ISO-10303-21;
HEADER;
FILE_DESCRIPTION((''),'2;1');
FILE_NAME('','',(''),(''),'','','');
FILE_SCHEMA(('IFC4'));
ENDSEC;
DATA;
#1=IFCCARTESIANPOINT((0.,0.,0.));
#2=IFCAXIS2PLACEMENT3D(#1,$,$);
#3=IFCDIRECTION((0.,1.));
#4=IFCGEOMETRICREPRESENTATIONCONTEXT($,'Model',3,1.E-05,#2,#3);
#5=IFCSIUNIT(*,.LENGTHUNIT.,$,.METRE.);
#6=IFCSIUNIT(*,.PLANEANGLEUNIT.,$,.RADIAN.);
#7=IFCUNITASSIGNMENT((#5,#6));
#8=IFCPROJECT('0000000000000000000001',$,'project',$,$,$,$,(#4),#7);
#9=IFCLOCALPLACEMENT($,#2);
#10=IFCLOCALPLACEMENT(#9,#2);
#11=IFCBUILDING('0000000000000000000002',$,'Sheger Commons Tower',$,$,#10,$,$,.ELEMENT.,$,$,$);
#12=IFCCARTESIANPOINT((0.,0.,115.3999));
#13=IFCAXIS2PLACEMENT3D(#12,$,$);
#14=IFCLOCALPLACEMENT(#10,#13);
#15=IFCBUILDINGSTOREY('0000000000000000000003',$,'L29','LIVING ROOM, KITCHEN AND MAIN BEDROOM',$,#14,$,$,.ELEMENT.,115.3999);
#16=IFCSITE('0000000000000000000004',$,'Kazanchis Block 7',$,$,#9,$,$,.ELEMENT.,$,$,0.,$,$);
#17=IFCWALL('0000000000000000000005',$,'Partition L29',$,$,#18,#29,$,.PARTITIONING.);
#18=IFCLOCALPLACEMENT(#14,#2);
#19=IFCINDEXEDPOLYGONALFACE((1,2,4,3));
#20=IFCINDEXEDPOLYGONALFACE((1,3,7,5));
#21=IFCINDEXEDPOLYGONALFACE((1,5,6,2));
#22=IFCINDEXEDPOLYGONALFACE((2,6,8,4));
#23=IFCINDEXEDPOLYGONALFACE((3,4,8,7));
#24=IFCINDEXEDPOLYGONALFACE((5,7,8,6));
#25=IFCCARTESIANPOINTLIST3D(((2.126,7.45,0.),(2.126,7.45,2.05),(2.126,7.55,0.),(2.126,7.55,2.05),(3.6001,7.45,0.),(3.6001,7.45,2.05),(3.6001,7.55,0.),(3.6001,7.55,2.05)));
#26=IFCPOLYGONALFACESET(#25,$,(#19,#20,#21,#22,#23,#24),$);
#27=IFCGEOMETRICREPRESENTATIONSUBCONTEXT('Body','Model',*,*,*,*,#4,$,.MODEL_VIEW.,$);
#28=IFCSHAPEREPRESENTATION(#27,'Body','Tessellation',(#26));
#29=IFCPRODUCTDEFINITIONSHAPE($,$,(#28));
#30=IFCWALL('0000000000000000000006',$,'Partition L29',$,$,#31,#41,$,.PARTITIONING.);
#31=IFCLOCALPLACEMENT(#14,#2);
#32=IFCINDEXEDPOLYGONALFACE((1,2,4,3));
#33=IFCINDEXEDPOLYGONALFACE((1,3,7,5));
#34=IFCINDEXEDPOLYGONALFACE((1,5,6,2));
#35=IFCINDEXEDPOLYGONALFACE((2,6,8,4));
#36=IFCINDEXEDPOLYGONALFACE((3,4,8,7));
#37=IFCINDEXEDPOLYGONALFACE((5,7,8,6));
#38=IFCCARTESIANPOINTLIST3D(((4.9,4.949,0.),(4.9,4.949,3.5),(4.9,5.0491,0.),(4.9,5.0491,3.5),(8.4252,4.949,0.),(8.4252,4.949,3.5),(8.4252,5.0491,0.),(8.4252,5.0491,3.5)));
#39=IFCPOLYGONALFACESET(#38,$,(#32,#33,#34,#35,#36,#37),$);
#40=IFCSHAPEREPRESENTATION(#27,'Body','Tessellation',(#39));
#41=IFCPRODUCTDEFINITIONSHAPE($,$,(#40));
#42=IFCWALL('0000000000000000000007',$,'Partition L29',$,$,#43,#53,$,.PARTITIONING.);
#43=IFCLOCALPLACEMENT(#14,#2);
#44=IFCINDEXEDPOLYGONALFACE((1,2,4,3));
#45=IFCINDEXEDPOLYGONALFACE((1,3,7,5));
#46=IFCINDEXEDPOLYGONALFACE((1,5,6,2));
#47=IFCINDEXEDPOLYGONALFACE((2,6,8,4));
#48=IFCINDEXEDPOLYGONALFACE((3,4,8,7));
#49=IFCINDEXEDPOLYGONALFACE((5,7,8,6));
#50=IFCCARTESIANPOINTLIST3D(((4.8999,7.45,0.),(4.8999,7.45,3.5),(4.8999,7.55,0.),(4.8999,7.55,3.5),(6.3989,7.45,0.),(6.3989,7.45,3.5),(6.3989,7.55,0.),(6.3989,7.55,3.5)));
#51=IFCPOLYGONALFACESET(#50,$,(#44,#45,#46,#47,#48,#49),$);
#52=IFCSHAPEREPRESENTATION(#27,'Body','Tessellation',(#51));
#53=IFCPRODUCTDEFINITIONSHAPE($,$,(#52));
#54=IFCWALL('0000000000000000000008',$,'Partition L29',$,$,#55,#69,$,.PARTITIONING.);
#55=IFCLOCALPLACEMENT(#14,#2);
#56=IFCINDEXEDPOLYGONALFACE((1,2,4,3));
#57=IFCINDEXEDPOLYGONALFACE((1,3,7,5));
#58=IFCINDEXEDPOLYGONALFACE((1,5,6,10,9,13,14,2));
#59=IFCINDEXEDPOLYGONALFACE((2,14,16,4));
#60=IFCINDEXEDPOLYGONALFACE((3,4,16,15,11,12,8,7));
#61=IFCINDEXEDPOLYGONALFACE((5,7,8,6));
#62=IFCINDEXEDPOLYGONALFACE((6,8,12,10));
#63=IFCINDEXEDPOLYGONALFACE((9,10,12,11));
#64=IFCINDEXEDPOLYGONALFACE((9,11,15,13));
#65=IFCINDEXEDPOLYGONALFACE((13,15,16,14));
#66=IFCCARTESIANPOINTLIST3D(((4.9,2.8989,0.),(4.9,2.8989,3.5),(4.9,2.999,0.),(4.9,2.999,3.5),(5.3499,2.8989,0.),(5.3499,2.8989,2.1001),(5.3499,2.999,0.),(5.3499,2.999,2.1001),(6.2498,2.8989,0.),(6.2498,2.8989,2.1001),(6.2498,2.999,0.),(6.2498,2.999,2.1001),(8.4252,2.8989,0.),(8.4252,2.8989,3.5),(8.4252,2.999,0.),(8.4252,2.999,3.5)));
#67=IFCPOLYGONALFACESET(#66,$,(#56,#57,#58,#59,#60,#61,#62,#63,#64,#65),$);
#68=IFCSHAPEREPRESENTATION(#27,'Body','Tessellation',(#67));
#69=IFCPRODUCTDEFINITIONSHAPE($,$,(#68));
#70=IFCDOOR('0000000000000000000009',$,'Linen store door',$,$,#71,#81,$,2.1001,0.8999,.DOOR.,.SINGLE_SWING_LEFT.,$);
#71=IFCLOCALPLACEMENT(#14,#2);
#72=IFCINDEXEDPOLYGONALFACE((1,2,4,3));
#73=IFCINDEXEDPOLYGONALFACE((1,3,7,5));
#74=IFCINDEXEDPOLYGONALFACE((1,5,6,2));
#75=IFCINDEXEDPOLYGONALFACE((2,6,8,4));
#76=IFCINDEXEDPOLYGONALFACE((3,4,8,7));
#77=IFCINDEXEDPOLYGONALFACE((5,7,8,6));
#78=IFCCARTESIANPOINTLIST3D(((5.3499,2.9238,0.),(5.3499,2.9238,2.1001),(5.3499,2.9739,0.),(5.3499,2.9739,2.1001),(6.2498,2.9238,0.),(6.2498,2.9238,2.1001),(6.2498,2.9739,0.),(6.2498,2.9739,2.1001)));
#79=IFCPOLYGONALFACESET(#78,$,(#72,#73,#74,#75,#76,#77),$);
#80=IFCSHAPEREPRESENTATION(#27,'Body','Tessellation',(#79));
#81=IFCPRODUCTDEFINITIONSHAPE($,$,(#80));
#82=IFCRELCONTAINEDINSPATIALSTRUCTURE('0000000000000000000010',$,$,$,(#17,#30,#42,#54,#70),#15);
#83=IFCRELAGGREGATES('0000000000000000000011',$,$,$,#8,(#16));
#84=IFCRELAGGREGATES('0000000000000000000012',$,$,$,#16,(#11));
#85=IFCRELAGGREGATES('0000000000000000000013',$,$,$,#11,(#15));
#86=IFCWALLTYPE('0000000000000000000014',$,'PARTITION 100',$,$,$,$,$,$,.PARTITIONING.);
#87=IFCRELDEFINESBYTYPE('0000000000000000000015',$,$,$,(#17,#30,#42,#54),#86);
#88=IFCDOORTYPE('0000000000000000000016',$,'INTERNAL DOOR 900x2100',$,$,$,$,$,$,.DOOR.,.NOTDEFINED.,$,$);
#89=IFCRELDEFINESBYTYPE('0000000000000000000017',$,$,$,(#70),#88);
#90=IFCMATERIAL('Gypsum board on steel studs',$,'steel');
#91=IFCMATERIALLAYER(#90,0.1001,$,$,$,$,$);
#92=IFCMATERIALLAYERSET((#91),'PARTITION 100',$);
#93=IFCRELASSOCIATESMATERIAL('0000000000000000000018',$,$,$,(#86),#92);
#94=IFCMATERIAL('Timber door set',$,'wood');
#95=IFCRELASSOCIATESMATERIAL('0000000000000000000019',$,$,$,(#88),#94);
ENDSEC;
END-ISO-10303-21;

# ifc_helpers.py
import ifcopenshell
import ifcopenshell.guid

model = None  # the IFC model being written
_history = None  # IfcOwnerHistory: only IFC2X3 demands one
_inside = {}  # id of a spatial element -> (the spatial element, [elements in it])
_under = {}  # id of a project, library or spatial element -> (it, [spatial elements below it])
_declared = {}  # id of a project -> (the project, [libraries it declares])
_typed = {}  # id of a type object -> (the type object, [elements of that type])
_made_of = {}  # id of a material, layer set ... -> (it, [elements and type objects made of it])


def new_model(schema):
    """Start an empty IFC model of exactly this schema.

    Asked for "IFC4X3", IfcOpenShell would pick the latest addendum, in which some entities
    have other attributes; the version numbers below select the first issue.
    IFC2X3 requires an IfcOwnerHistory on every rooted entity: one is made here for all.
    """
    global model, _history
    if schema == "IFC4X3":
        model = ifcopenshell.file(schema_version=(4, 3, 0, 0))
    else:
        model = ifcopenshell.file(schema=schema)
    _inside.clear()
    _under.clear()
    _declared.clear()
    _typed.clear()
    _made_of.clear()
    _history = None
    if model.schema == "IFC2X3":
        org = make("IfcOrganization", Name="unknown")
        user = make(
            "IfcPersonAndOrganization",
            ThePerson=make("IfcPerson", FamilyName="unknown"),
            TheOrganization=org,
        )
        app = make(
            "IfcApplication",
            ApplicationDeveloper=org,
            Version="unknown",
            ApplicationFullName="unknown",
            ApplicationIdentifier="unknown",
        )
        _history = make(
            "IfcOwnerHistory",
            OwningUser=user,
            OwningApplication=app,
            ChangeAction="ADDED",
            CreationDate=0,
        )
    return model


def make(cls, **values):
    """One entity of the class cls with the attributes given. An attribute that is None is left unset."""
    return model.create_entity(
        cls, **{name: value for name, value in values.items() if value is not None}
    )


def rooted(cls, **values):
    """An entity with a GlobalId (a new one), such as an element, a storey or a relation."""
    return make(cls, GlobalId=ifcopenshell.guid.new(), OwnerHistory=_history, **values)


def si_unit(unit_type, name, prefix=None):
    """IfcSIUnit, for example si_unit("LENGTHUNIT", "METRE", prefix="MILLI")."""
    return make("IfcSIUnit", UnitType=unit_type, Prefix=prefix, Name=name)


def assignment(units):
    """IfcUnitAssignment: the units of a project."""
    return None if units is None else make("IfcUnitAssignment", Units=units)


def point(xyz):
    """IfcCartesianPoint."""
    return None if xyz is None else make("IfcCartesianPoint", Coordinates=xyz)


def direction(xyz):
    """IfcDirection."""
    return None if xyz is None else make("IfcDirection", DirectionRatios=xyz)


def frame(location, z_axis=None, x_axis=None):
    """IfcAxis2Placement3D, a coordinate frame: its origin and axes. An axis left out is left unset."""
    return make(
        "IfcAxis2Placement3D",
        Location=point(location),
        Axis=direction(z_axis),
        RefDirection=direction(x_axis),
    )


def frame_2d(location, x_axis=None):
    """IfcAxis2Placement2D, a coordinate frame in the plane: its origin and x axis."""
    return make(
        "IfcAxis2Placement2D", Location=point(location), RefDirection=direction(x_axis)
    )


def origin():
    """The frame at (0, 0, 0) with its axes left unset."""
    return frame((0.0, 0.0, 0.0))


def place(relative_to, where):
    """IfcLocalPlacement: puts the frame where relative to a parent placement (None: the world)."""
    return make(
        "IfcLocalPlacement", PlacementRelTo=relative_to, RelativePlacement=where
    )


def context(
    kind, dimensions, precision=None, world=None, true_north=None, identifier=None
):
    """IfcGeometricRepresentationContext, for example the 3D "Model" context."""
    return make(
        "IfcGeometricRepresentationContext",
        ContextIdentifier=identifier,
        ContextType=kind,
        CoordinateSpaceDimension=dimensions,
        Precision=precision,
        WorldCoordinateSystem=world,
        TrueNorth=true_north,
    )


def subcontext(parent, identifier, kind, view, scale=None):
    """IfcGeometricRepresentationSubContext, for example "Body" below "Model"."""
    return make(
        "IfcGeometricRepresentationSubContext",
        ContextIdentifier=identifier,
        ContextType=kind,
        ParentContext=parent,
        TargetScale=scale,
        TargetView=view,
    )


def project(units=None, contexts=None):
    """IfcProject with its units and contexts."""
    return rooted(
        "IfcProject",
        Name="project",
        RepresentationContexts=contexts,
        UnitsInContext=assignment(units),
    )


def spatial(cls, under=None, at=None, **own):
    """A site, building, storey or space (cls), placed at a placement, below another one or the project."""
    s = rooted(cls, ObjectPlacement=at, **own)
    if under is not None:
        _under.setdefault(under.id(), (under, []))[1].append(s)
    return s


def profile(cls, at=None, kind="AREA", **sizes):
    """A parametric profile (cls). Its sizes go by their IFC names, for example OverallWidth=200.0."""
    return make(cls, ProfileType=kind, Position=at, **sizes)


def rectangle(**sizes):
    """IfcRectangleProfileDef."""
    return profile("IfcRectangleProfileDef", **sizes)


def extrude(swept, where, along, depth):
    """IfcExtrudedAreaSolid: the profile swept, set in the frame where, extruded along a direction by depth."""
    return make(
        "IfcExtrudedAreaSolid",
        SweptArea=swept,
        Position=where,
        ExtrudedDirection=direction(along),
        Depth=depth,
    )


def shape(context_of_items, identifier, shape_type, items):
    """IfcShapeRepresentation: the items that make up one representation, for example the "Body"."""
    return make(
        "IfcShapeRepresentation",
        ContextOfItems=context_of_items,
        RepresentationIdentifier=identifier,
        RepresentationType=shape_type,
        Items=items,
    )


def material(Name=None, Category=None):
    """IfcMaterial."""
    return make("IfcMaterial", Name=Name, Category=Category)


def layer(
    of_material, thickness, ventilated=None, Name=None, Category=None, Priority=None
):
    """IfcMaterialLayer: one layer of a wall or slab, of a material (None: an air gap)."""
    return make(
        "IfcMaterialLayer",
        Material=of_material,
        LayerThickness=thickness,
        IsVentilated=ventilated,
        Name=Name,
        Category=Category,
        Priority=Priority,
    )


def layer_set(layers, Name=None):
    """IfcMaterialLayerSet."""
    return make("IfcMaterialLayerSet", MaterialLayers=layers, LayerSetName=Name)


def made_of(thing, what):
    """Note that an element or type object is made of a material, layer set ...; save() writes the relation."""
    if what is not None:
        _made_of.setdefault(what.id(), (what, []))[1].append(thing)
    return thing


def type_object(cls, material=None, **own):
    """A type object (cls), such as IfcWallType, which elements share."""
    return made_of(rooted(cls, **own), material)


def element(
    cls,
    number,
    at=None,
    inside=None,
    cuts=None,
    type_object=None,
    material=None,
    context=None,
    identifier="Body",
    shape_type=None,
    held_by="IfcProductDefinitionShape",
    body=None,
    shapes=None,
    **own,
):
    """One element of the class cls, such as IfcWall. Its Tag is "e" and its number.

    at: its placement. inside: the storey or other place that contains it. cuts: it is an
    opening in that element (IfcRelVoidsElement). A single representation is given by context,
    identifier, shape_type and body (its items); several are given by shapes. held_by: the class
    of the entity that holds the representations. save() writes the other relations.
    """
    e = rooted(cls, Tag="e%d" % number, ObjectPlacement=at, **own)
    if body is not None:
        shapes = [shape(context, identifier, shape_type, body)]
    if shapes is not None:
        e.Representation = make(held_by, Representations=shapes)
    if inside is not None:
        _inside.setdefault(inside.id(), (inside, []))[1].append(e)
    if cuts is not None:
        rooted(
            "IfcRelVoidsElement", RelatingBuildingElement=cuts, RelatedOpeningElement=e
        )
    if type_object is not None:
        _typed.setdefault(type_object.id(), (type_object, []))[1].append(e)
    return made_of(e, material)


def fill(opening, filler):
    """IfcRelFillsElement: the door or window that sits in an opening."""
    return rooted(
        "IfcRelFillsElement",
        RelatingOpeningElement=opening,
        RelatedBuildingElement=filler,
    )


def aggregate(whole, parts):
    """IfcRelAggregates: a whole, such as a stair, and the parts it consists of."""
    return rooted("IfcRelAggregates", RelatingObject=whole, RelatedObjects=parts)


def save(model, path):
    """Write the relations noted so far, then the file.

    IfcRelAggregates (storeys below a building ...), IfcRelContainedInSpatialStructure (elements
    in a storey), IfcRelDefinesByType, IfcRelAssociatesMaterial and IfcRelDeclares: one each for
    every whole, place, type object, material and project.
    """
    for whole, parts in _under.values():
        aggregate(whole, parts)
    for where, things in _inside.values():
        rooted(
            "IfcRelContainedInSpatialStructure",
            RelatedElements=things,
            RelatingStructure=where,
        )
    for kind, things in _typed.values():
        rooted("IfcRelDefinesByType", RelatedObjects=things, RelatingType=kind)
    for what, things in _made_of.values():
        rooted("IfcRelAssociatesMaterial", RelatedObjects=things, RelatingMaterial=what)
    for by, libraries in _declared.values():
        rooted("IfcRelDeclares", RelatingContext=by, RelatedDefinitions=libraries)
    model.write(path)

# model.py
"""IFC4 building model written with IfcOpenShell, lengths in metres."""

from ifc_helpers import new_model, si_unit, direction, frame, frame_2d, origin, place, context, subcontext, project, spatial, rectangle, extrude, material, layer, layer_set, type_object, element, fill, save


model = new_model("IFC4")

# Units and contexts
model_context = context("Model", 3, precision=1e-05, world=origin(), true_north=direction((0.0, 1.0)))
body_context = subcontext(model_context, "Body", "Model", "MODEL_VIEW")
ifc_project = project(units=[si_unit("LENGTHUNIT", "METRE"), si_unit("PLANEANGLEUNIT", "RADIAN")], contexts=[model_context])

# Site, building, storey
site_placement = place(None, origin())
site = spatial("IfcSite", under=ifc_project, at=site_placement, Name="Kazanchis Block 7", CompositionType="ELEMENT", RefElevation=0.0)
building_placement = place(site_placement, origin())
building = spatial("IfcBuilding", under=site, at=building_placement, Name="Sheger Commons Tower", CompositionType="ELEMENT")
storey_placement = place(building_placement, frame((0.0, 0.0, 115.3999)))
storey = spatial("IfcBuildingStorey", under=building, at=storey_placement, Name="L29", Description="LIVING ROOM, KITCHEN AND MAIN BEDROOM", CompositionType="ELEMENT", Elevation=115.3999)

# Shared definitions
ifc_material_1 = material(Name="Gypsum board on steel studs", Category="steel")
ifc_layer_1 = layer(ifc_material_1, 0.1001)
ifc_layer_set_1 = layer_set([ifc_layer_1], Name="PARTITION 100")
wall_type_1 = type_object("IfcWallType", Name="PARTITION 100", PredefinedType="PARTITIONING", material=ifc_layer_set_1)
ifc_material_2 = material(Name="Timber door set", Category="wood")
door_type = type_object("IfcDoorType", Name="INTERNAL DOOR 900x2100", OperationType="NOTDEFINED", PredefinedType="DOOR", material=ifc_material_2)

# Walls
wall_1_placement = place(storey_placement, frame((2.126, 7.5, 0.0), z_axis=(0.0, 0.0, 1.0), x_axis=(1.0, 0.0, 0.0)))
element("IfcWall", 1, at=wall_1_placement, inside=storey, type_object=wall_type_1, Name="Partition L29", PredefinedType="PARTITIONING", context=body_context, shape_type="SweptSolid", body=[
    extrude(rectangle(XDim=1.4741, YDim=0.1001, at=frame_2d((0.7371, 0.0))), origin(), (0.0, 0.0, 1.0), 2.05),
])
wall_2_placement = place(storey_placement, frame((4.8999, 4.999, 0.0), z_axis=(0.0, 0.0, 1.0), x_axis=(1.0, 0.0, 0.0)))
element("IfcWall", 2, at=wall_2_placement, inside=storey, type_object=wall_type_1, Name="Partition L29", PredefinedType="PARTITIONING", context=body_context, shape_type="SweptSolid", body=[
    extrude(rectangle(XDim=3.5251, YDim=0.1001, at=frame_2d((1.7627, 0.0))), origin(), (0.0, 0.0, 1.0), 3.5),
])
wall_3_placement = place(storey_placement, frame((4.8999, 7.5, 0.0), z_axis=(0.0, 0.0, 1.0), x_axis=(1.0, 0.0, 0.0)))
element("IfcWall", 3, at=wall_3_placement, inside=storey, type_object=wall_type_1, Name="Partition L29", PredefinedType="PARTITIONING", context=body_context, shape_type="SweptSolid", body=[
    extrude(rectangle(XDim=1.499, YDim=0.1001, at=frame_2d((0.7495, 0.0))), origin(), (0.0, 0.0, 1.0), 3.5),
])

# Wall, opening, door
wall_4_placement = place(storey_placement, frame((4.8999, 2.949, 0.0), z_axis=(0.0, 0.0, 1.0), x_axis=(1.0, 0.0, 0.0)))
wall_4 = element("IfcWall", 4, at=wall_4_placement, inside=storey, type_object=wall_type_1, Name="Partition L29", PredefinedType="PARTITIONING", context=body_context, shape_type="SweptSolid", body=[
    extrude(rectangle(XDim=3.5251, YDim=0.1001, at=frame_2d((1.7627, 0.0))), origin(), (0.0, 0.0, 1.0), 3.5),
])
opening_1_placement = place(wall_4_placement, frame((0.45, 0.0, 0.0)))
opening_1 = element("IfcOpeningElement", 5, at=opening_1_placement, cuts=wall_4, PredefinedType="OPENING", context=body_context, shape_type="SweptSolid", body=[
    extrude(rectangle(XDim=0.8999, YDim=2.1001, at=frame_2d((0.45, 1.05))), frame((0.0, 0.0601, 0.0), z_axis=(0.0, -1.0, 0.0), x_axis=(1.0, 0.0, 0.0)), (0.0, 0.0, 1.0), 0.1201),
])
door_1_placement = place(opening_1_placement, origin())
door_1 = element("IfcDoor", 6, at=door_1_placement, inside=storey, type_object=door_type, Name="Linen store door", OperationType="SINGLE_SWING_LEFT", OverallHeight=2.1001, OverallWidth=0.8999, PredefinedType="DOOR", context=body_context, shape_type="SweptSolid", body=[
    extrude(rectangle(XDim=0.8999, YDim=2.1001, at=frame_2d((0.45, 1.05))), frame((0.0, 0.0249, 0.0), z_axis=(0.0, -1.0, 0.0), x_axis=(1.0, 0.0, 0.0)), (0.0, 0.0, 1.0), 0.05),
])
fill(opening_1, door_1)

save(model, "model.ifc")
